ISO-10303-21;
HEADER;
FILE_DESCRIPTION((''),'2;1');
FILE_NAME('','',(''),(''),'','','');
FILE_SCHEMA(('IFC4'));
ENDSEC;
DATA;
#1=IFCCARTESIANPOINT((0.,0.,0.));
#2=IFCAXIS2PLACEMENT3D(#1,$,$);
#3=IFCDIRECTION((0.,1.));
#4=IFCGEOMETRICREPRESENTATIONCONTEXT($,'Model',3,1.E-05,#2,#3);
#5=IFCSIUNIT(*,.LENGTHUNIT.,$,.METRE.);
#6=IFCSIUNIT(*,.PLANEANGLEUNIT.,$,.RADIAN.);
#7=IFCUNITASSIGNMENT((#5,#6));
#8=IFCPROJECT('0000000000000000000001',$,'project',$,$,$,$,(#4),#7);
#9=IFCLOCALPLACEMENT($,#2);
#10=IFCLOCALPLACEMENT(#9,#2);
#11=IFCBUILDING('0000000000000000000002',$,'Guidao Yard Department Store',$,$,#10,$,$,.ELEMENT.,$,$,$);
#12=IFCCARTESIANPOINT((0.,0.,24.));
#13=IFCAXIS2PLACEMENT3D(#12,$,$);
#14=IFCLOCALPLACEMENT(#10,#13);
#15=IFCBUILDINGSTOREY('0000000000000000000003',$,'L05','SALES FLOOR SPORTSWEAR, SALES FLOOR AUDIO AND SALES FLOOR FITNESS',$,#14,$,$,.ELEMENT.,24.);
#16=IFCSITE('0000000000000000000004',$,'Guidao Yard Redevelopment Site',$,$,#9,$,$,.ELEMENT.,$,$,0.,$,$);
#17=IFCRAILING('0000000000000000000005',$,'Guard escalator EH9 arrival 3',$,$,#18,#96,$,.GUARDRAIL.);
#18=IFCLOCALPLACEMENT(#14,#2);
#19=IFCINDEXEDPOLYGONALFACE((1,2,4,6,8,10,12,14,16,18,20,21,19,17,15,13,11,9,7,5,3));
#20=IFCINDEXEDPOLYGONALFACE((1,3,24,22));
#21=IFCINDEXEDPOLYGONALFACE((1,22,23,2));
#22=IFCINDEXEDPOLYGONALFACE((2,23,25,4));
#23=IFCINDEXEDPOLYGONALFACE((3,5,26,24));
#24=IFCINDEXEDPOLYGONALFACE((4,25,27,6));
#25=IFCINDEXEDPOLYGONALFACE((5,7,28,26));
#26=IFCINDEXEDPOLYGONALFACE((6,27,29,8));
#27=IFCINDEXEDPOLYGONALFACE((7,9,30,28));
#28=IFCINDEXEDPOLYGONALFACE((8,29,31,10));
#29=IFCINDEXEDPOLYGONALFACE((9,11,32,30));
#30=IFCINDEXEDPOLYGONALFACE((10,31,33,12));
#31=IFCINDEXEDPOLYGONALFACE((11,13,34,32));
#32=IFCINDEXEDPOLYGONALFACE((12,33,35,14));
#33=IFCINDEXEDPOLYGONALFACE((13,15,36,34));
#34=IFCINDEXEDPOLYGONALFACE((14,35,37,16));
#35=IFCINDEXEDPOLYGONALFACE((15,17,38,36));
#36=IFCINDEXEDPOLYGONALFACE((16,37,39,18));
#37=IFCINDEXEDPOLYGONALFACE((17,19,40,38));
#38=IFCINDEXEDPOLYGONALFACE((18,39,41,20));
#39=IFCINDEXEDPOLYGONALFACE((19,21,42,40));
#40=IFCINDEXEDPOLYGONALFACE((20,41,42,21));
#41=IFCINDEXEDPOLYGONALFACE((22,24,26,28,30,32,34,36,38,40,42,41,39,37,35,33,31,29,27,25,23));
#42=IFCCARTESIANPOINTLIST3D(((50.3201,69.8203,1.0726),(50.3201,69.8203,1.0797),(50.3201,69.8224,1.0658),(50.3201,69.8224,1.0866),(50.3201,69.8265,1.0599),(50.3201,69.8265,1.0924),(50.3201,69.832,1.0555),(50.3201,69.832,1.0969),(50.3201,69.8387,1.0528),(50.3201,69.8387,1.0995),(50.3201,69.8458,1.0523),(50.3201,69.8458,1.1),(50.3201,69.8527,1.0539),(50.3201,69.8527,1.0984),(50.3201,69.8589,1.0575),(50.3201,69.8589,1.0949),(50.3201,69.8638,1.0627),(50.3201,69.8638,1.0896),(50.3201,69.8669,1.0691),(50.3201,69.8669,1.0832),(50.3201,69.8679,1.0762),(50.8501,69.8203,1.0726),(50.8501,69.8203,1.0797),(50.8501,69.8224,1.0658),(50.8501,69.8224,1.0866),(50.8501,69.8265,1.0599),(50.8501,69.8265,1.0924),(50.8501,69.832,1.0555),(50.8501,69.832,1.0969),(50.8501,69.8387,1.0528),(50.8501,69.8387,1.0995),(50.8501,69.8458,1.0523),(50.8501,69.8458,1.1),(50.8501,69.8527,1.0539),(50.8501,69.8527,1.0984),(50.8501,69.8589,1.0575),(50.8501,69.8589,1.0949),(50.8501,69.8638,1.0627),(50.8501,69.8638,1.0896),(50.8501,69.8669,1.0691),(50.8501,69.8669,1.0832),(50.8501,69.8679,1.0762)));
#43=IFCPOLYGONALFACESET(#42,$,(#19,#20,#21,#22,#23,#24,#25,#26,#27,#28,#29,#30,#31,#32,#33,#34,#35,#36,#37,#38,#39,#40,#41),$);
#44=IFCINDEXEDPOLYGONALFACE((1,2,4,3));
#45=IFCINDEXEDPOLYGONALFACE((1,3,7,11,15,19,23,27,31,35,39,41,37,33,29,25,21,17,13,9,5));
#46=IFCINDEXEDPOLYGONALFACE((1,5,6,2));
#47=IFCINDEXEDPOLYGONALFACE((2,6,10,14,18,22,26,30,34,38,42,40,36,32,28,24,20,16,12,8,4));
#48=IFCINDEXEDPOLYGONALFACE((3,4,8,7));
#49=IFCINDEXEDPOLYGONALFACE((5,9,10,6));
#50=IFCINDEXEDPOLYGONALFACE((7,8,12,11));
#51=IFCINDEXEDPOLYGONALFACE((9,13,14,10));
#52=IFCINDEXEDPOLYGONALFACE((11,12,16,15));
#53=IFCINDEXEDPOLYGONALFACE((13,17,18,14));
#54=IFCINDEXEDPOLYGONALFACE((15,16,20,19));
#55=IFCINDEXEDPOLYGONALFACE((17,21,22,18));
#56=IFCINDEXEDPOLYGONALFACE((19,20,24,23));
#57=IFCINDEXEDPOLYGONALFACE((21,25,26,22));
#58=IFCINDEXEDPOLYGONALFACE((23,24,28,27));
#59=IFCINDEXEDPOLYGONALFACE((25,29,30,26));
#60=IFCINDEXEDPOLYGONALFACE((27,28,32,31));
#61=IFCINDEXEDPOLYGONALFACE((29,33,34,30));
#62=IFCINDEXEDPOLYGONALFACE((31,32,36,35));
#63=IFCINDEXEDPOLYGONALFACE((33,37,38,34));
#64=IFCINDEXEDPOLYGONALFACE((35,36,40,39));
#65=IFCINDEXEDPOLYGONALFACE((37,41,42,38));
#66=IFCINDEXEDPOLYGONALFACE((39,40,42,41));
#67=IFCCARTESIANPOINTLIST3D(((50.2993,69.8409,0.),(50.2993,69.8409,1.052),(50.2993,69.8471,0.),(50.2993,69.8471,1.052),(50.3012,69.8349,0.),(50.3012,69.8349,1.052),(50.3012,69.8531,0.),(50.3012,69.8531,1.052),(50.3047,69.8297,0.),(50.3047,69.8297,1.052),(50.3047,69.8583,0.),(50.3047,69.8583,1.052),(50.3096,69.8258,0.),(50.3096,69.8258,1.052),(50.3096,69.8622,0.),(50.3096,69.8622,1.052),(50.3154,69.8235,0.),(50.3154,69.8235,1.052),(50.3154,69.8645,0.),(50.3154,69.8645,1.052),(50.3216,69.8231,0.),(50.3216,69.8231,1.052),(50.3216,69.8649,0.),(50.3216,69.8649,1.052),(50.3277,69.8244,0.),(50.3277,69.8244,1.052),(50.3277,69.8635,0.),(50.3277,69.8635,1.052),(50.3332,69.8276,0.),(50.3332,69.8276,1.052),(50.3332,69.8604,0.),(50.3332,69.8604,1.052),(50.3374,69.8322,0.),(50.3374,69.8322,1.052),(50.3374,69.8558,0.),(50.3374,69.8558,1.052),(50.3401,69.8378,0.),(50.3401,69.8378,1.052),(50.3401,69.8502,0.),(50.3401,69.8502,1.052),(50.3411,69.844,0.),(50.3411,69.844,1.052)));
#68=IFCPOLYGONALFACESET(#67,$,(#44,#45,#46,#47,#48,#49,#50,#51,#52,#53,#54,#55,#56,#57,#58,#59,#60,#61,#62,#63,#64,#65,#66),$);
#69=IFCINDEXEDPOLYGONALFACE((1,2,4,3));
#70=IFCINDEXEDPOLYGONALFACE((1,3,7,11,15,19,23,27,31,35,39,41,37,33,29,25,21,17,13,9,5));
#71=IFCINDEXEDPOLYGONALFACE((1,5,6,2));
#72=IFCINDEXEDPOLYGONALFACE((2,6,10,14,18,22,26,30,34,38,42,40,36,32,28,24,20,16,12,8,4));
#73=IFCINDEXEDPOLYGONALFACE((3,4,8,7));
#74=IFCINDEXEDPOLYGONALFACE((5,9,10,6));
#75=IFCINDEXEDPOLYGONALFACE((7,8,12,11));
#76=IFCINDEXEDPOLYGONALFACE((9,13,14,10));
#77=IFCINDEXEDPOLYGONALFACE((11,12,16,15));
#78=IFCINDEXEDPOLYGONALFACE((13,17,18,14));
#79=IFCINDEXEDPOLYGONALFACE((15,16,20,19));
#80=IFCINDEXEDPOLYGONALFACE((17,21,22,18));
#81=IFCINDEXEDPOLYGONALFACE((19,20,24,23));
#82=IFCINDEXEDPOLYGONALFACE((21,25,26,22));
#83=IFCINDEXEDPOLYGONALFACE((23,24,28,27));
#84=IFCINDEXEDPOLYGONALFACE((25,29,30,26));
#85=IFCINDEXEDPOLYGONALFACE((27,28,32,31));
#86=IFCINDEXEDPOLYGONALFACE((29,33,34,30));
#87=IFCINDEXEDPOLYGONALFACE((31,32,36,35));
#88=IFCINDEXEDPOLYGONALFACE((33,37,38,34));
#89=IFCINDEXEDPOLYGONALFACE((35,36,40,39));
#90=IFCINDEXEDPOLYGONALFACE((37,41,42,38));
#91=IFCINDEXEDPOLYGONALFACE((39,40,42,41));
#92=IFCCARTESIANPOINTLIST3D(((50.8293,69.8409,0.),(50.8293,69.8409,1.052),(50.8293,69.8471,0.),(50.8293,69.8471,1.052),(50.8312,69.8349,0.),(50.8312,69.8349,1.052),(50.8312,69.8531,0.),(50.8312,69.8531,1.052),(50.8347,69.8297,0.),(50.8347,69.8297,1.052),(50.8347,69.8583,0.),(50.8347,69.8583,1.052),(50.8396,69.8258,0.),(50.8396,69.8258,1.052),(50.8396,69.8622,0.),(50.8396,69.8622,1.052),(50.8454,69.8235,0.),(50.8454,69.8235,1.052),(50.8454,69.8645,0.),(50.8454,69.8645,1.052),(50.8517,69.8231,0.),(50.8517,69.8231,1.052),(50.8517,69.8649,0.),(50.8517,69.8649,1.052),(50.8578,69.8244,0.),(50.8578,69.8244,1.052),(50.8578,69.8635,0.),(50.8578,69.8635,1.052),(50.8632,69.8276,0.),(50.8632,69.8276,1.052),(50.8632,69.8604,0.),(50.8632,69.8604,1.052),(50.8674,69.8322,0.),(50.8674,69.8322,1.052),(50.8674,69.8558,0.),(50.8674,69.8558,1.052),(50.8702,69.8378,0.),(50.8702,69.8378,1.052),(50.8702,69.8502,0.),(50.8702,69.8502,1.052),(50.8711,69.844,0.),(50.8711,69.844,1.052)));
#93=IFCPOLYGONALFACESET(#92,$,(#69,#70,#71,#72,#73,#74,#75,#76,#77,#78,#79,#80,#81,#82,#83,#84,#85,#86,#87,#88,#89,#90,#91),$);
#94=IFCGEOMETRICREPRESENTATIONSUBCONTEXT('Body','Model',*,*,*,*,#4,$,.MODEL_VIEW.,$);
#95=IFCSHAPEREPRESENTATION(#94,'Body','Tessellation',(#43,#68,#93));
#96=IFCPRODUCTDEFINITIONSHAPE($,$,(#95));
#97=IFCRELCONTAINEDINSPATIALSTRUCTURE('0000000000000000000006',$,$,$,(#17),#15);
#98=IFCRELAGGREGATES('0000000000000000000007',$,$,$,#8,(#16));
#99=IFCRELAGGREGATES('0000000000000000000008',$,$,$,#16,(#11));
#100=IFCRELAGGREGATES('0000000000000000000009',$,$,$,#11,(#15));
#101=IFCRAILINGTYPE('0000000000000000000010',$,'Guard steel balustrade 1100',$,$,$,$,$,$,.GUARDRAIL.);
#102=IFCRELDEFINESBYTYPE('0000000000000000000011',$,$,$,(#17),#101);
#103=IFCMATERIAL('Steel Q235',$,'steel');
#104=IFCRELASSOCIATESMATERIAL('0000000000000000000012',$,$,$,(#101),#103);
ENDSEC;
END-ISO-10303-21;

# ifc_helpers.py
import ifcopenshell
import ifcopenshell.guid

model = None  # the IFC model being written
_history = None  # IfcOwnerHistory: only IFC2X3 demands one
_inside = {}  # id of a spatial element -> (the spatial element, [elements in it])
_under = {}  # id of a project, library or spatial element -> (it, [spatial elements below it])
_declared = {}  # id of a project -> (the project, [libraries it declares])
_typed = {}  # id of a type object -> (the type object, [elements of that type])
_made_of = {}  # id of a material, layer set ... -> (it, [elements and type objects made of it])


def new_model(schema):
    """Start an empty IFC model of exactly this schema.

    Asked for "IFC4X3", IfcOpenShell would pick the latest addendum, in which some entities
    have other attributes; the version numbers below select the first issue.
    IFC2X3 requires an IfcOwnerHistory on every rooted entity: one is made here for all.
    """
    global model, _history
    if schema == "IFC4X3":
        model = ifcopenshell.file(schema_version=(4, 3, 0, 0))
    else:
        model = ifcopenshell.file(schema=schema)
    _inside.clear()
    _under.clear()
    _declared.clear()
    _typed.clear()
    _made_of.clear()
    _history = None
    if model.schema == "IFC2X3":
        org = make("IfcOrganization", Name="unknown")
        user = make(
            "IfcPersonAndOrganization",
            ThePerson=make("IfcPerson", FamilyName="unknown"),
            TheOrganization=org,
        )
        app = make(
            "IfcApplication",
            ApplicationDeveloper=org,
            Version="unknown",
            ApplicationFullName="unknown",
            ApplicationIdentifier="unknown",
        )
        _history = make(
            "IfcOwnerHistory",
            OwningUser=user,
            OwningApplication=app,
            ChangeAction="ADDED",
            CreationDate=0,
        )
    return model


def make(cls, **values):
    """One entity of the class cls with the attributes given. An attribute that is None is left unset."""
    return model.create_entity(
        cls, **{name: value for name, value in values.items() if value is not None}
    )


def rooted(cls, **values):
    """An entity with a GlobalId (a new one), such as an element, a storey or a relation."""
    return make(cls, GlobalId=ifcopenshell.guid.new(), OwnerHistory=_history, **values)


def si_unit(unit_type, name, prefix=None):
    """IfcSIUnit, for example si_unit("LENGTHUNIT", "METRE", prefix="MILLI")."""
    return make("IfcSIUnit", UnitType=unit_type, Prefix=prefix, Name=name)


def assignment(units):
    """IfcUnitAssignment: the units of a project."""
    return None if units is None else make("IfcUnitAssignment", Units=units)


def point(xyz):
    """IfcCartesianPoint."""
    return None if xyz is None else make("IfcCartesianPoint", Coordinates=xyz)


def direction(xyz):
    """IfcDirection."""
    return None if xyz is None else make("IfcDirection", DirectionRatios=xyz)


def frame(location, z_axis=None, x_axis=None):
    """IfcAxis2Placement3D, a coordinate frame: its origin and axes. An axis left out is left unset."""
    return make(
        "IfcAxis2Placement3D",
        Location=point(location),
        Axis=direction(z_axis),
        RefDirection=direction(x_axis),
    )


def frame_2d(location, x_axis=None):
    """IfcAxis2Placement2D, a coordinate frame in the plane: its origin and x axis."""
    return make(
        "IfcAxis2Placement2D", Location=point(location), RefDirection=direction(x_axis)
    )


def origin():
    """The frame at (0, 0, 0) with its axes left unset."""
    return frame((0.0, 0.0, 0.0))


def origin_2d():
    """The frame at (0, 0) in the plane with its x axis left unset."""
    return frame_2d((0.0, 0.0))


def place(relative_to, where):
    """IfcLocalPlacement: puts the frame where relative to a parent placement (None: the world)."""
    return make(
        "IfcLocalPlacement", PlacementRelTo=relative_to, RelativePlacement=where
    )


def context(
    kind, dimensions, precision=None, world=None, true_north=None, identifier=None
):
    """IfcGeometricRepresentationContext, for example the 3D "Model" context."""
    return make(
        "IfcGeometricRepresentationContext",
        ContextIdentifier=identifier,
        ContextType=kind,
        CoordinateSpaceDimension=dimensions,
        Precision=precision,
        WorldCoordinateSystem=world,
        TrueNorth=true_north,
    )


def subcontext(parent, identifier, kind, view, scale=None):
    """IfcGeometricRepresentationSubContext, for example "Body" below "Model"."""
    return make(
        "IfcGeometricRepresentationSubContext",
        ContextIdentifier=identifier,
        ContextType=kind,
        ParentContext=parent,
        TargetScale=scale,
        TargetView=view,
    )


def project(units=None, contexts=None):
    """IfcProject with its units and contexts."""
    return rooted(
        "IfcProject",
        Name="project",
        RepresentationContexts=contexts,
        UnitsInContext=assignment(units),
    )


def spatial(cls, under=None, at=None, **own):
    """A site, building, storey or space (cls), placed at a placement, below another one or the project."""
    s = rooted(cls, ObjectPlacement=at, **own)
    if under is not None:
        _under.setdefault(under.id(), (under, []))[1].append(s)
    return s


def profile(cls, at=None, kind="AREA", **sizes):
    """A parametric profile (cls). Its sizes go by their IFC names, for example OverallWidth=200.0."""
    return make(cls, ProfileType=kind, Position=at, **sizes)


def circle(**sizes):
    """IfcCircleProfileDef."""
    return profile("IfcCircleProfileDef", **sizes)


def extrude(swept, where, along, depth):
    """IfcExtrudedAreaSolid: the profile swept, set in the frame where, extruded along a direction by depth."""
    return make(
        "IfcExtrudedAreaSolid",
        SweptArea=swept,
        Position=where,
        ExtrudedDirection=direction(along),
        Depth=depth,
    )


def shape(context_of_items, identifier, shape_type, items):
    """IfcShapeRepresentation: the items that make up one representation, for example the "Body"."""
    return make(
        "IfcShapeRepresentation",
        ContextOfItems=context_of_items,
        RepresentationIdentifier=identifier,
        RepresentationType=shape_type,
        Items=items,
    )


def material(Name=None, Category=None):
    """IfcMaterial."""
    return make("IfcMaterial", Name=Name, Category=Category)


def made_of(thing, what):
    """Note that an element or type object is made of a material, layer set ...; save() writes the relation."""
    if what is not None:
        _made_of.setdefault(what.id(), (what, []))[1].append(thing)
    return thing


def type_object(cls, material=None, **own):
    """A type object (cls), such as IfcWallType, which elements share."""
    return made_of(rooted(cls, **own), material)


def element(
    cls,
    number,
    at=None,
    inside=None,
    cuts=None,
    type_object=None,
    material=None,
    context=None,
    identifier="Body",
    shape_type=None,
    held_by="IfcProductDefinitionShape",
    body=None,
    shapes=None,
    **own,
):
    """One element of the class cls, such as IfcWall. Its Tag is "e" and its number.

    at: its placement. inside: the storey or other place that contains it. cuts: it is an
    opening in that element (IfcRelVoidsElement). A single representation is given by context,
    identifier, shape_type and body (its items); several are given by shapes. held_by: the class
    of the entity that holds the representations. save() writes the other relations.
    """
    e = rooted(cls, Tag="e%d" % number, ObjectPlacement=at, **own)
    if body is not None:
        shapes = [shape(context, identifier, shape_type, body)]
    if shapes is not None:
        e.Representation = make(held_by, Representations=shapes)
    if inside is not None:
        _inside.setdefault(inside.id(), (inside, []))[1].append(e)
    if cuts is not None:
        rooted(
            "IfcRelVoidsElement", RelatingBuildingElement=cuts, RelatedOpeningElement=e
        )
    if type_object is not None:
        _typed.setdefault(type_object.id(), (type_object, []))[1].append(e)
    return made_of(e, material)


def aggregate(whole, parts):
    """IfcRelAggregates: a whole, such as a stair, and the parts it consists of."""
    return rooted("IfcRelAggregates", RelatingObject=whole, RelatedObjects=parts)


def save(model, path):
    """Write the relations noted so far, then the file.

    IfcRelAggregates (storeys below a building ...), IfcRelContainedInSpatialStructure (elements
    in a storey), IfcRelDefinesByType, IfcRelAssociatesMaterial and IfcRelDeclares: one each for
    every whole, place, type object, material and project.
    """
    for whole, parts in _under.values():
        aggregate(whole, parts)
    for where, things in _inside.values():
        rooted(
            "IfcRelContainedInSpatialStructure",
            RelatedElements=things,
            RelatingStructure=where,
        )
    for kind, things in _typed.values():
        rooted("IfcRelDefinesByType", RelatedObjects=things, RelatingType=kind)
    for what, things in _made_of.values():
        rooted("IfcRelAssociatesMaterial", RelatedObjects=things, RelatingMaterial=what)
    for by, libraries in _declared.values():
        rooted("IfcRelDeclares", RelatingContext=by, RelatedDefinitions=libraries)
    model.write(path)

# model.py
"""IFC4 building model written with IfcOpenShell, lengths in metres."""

from ifc_helpers import new_model, si_unit, direction, frame, origin, origin_2d, place, context, subcontext, project, spatial, circle, extrude, material, type_object, element, save


model = new_model("IFC4")

# Units and contexts
model_context = context("Model", 3, precision=1e-05, world=origin(), true_north=direction((0.0, 1.0)))
body_context = subcontext(model_context, "Body", "Model", "MODEL_VIEW")
ifc_project = project(units=[si_unit("LENGTHUNIT", "METRE"), si_unit("PLANEANGLEUNIT", "RADIAN")], contexts=[model_context])

# Site, building, storey
site_placement = place(None, origin())
site = spatial("IfcSite", under=ifc_project, at=site_placement, Name="Guidao Yard Redevelopment Site", CompositionType="ELEMENT", RefElevation=0.0)
building_placement = place(site_placement, origin())
building = spatial("IfcBuilding", under=site, at=building_placement, Name="Guidao Yard Department Store", CompositionType="ELEMENT")
storey_placement = place(building_placement, frame((0.0, 0.0, 24.0)))
storey = spatial("IfcBuildingStorey", under=building, at=storey_placement, Name="L05", Description="SALES FLOOR SPORTSWEAR, SALES FLOOR AUDIO AND SALES FLOOR FITNESS", CompositionType="ELEMENT", Elevation=24.0)

# Railing
ifc_material_1 = material(Name="Steel Q235", Category="steel")
railing_type = type_object("IfcRailingType", Name="Guard steel balustrade 1100", PredefinedType="GUARDRAIL", material=ifc_material_1)
railing_1_placement = place(storey_placement, frame((50.3201, 69.844, 0.0)))
element("IfcRailing", 1, at=railing_1_placement, inside=storey, type_object=railing_type, Name="Guard escalator EH9 arrival 3", PredefinedType="GUARDRAIL", context=body_context, shape_type="SweptSolid", body=[
    extrude(circle(Radius=0.0239, at=origin_2d()), frame((0.0, 0.0, 1.0762), z_axis=(1.0, 0.0, 0.0), x_axis=(0.0, 1.0, 0.0)), (0.0, 0.0, 1.0), 0.53),
    extrude(circle(Radius=0.021, at=origin_2d()), origin(), (0.0, 0.0, 1.0), 1.052),
    extrude(circle(Radius=0.021, at=origin_2d()), frame((0.53, 0.0, 0.0)), (0.0, 0.0, 1.0), 1.052),
])

save(model, "model.ifc")
